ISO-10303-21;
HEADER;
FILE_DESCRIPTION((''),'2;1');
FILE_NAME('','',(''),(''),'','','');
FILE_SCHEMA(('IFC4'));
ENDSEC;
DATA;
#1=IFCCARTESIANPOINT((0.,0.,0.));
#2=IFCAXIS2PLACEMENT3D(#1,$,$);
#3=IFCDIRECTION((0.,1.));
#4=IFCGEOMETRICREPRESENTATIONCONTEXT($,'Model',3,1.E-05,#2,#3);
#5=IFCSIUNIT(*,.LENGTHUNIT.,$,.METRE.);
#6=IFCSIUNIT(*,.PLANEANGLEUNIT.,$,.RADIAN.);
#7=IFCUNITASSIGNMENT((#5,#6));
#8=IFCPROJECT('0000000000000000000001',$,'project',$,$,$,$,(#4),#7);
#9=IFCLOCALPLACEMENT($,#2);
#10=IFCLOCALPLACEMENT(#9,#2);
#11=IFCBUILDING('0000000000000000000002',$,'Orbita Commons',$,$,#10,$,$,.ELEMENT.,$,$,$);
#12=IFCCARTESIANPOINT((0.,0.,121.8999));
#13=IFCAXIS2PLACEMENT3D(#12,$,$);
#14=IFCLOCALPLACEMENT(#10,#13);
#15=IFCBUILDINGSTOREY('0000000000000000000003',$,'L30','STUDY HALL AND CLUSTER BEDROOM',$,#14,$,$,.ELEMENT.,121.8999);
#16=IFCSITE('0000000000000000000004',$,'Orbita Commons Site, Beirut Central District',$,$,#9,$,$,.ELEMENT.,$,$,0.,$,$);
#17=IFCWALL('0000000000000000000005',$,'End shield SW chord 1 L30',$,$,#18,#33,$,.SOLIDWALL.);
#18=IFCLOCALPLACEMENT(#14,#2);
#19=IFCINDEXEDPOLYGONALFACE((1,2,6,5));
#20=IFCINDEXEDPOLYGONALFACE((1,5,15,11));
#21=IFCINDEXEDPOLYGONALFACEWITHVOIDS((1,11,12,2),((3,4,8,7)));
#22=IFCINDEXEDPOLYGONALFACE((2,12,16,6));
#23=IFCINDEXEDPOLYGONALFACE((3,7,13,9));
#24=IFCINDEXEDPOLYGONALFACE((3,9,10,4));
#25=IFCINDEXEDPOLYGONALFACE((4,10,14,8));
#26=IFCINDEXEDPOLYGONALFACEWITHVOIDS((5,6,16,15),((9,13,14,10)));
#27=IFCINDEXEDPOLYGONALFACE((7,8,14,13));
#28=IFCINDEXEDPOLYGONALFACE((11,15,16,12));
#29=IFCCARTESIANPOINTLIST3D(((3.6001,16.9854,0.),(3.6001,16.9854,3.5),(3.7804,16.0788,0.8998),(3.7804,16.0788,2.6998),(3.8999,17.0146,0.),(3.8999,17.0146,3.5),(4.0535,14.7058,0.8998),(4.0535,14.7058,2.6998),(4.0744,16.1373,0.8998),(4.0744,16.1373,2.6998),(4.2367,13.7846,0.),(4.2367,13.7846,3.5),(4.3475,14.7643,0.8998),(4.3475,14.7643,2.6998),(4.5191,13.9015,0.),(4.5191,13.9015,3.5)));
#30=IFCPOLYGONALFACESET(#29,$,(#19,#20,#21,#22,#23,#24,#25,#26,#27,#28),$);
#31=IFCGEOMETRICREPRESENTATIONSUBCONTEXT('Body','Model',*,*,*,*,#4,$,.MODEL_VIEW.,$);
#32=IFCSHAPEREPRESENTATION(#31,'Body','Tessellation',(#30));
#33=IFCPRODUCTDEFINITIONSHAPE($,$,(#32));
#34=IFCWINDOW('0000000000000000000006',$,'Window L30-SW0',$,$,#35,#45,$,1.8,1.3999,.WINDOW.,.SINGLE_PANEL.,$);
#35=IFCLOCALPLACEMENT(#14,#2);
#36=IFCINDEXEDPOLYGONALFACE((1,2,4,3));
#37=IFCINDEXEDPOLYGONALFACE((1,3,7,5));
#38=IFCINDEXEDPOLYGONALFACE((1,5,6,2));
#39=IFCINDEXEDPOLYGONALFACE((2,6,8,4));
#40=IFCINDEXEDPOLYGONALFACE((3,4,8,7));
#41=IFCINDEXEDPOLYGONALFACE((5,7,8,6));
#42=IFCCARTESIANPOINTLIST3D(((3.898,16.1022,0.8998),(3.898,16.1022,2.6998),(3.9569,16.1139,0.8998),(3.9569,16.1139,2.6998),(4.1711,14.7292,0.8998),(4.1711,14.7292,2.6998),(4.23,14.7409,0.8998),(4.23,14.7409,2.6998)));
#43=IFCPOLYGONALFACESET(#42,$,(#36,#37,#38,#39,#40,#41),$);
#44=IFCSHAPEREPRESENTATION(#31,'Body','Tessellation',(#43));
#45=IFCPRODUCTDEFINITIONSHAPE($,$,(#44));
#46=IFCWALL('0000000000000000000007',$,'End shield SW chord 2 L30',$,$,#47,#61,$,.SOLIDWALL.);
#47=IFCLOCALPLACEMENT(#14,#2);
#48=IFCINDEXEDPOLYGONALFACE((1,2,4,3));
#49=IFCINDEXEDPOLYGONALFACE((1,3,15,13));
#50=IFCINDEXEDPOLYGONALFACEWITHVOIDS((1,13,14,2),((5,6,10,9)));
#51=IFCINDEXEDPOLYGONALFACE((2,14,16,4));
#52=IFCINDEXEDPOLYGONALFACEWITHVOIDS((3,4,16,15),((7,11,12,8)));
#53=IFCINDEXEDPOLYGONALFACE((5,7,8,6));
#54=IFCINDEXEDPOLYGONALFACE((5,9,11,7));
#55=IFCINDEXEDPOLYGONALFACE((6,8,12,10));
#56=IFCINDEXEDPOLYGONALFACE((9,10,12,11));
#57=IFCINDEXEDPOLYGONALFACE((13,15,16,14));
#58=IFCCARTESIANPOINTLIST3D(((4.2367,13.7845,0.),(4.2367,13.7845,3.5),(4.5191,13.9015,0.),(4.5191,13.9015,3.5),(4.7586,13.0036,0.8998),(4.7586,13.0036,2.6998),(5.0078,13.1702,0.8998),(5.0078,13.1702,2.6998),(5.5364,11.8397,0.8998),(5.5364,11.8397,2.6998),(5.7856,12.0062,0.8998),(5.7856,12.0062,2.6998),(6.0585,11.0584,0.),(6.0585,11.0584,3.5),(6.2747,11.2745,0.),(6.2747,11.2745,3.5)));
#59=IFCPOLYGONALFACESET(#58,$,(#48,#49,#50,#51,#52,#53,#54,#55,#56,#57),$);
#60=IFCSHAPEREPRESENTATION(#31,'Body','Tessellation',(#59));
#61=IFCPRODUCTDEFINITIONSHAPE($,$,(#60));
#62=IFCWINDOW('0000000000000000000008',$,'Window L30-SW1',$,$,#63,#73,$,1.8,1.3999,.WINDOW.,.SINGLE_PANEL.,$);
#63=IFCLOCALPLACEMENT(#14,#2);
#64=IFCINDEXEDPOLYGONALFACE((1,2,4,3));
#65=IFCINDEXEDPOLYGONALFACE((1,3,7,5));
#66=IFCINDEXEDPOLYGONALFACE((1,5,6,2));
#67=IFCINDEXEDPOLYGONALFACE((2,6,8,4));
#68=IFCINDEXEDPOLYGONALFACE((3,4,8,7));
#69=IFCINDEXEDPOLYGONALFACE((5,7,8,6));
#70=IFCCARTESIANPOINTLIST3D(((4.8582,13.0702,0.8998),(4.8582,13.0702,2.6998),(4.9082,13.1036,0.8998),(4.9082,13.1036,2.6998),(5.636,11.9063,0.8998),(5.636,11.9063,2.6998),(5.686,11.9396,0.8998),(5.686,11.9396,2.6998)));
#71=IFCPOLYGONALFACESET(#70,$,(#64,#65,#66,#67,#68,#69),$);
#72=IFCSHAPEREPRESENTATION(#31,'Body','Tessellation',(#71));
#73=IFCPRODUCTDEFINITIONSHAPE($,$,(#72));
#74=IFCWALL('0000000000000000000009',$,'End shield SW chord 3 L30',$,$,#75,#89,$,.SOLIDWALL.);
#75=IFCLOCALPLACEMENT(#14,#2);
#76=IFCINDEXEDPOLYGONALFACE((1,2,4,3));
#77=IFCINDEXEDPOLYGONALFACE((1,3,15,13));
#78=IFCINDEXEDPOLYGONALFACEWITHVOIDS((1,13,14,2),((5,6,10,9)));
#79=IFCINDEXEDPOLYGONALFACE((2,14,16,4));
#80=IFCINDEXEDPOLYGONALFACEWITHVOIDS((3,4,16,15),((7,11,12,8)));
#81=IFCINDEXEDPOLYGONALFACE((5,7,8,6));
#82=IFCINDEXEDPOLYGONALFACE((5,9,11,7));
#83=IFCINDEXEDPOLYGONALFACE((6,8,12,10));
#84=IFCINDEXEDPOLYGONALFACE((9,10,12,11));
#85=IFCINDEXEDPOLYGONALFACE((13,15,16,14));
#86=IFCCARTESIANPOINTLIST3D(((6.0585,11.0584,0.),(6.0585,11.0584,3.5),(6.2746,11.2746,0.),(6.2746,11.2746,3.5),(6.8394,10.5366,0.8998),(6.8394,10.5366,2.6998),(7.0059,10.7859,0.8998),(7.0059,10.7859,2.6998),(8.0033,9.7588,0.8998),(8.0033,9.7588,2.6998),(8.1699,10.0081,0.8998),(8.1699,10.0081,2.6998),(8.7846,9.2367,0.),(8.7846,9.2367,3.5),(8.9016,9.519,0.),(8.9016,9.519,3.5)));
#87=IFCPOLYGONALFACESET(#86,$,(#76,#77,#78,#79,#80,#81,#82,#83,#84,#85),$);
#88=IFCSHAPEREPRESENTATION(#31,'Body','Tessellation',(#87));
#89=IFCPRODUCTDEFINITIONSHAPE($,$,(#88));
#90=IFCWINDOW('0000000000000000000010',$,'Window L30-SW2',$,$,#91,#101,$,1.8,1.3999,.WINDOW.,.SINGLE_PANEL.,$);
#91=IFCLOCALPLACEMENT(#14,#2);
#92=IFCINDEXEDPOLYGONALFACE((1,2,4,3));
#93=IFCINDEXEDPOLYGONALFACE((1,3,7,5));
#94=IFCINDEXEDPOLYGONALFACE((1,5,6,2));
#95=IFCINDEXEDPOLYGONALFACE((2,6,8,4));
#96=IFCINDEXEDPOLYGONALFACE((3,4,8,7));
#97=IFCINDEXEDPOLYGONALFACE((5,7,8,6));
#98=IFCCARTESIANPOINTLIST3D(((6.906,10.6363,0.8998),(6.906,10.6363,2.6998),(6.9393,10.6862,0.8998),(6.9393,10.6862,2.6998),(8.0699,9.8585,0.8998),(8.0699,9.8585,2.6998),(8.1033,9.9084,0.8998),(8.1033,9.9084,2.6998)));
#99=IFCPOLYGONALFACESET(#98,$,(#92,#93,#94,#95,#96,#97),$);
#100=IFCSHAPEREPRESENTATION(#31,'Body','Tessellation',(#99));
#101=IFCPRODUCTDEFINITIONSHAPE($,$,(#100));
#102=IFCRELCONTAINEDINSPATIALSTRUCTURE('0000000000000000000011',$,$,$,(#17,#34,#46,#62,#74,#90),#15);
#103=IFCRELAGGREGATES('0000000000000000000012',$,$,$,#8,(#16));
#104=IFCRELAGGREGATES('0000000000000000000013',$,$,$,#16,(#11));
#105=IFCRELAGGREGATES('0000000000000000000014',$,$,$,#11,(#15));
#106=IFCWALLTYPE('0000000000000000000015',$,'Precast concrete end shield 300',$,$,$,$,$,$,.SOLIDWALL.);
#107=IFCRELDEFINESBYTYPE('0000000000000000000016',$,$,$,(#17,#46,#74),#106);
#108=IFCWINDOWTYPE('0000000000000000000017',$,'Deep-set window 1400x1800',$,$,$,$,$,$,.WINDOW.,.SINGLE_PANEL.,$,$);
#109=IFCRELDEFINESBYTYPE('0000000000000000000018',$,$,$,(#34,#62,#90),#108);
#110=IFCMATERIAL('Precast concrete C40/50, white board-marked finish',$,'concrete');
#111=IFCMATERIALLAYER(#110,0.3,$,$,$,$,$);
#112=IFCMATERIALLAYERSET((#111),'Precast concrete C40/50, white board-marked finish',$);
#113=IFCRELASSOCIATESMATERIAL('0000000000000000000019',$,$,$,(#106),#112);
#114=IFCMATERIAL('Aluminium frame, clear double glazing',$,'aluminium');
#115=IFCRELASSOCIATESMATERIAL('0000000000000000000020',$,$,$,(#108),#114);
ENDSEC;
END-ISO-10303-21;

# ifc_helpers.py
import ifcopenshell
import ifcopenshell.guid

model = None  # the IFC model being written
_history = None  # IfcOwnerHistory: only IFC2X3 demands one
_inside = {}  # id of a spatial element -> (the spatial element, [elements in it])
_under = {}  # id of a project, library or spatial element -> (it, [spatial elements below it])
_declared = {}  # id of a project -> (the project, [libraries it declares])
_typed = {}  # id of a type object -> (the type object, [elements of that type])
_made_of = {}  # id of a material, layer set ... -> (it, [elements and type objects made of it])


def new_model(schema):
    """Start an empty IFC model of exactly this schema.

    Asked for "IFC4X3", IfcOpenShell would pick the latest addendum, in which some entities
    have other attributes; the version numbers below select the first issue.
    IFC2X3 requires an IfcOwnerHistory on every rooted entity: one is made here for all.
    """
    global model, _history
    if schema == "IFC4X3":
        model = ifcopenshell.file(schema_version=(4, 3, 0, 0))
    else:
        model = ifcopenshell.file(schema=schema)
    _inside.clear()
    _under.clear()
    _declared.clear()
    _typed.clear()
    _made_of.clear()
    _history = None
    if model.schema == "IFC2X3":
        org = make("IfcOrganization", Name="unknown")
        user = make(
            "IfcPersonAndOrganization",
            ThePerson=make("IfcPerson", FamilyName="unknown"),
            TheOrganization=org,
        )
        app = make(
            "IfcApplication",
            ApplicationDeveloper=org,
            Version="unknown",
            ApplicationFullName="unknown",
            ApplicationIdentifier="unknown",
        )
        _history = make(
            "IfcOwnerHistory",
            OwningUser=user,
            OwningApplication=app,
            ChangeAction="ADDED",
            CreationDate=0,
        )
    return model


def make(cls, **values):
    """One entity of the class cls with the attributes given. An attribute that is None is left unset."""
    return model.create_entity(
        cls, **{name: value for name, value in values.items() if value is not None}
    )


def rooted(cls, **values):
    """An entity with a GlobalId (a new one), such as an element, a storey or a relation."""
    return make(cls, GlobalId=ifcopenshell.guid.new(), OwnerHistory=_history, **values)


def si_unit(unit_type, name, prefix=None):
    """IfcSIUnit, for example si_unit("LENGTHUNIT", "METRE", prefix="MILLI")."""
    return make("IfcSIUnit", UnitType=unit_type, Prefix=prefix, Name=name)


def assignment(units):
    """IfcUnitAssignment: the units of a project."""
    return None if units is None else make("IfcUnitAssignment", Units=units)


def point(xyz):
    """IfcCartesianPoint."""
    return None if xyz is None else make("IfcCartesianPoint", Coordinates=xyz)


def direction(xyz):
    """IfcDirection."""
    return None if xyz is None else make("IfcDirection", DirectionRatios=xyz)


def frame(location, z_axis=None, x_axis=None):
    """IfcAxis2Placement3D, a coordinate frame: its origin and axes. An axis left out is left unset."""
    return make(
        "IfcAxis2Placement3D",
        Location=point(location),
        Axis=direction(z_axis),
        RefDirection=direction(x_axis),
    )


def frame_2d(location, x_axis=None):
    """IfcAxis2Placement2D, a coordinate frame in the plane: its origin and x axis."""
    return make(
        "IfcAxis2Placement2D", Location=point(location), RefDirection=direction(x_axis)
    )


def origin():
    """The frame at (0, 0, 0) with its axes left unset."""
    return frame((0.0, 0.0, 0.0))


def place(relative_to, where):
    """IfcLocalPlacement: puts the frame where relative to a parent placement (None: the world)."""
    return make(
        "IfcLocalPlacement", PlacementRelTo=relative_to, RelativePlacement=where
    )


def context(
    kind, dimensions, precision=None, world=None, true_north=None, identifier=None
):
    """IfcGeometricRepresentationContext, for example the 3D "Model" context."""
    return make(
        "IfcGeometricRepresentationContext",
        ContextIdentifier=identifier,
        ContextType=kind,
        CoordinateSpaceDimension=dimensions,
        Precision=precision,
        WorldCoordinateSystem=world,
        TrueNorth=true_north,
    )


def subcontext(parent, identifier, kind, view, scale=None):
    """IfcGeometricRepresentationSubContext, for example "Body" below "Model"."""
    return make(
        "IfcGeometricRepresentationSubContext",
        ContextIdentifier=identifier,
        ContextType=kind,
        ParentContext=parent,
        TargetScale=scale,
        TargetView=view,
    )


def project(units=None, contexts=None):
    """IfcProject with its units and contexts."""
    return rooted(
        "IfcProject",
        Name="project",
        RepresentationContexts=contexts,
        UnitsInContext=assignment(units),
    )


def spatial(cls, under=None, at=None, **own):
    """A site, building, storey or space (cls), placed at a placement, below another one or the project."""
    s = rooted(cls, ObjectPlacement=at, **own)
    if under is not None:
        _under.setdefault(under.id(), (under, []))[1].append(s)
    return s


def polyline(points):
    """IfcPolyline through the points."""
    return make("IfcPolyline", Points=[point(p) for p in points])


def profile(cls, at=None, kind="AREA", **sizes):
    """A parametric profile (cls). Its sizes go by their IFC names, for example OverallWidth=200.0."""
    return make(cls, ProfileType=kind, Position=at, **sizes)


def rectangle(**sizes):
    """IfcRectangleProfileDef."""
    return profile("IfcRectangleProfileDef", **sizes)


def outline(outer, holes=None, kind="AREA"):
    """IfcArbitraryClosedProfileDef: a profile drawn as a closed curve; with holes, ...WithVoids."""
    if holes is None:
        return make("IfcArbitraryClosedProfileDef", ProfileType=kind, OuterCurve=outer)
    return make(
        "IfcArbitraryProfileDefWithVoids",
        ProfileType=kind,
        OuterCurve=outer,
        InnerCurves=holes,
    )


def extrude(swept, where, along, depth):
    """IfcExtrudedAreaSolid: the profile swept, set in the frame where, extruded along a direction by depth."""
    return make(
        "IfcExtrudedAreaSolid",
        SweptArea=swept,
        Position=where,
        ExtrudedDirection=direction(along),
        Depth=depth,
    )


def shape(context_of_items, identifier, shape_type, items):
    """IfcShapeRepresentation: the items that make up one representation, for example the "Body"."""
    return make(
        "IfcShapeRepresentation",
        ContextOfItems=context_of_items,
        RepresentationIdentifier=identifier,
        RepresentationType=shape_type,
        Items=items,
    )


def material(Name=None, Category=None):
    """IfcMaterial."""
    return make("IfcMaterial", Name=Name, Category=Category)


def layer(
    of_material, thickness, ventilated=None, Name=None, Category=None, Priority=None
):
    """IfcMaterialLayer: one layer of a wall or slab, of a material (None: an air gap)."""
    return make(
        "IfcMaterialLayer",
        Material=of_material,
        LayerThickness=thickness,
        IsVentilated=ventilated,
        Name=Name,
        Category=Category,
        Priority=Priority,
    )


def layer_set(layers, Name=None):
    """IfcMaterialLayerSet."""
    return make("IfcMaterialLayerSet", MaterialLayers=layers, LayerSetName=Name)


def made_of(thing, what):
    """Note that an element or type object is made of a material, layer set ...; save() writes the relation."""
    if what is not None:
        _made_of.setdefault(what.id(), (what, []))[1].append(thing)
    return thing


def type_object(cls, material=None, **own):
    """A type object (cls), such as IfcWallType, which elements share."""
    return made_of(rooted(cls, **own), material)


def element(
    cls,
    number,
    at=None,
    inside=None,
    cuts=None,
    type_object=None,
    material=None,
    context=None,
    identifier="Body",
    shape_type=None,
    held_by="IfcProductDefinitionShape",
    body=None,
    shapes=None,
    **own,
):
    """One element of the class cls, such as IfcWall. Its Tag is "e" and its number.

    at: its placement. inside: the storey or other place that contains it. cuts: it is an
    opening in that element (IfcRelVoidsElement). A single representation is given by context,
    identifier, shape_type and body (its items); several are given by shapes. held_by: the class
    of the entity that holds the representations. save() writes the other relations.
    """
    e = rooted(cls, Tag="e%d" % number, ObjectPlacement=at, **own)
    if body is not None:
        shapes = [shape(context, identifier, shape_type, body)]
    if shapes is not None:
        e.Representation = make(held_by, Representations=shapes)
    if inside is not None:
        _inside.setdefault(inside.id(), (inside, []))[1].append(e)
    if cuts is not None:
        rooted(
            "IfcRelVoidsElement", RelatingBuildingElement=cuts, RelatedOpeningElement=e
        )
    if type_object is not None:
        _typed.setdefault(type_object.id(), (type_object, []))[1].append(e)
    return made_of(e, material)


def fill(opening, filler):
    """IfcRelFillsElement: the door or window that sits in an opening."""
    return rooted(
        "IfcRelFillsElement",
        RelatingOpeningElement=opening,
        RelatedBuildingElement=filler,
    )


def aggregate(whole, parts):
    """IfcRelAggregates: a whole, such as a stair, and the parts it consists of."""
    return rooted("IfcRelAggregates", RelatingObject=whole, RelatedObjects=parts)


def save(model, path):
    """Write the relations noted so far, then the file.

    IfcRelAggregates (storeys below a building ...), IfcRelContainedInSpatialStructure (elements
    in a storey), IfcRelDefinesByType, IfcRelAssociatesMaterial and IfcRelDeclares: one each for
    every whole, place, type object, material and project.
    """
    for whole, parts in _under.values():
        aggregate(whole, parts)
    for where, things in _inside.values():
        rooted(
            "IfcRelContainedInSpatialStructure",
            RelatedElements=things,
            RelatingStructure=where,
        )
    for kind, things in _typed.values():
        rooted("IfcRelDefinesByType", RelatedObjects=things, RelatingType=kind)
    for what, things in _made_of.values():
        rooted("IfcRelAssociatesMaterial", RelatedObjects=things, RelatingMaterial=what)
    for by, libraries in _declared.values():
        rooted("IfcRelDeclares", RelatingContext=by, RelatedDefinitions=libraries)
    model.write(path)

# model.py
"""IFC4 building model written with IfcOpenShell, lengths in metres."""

from ifc_helpers import new_model, si_unit, direction, frame, frame_2d, origin, place, context, subcontext, project, spatial, polyline, rectangle, outline, extrude, material, layer, layer_set, type_object, element, fill, save


model = new_model("IFC4")

# Units and contexts
model_context = context("Model", 3, precision=1e-05, world=origin(), true_north=direction((0.0, 1.0)))
body_context = subcontext(model_context, "Body", "Model", "MODEL_VIEW")
ifc_project = project(units=[si_unit("LENGTHUNIT", "METRE"), si_unit("PLANEANGLEUNIT", "RADIAN")], contexts=[model_context])

# Site, building, storey
site_placement = place(None, origin())
site = spatial("IfcSite", under=ifc_project, at=site_placement, Name="Orbita Commons Site, Beirut Central District", CompositionType="ELEMENT", RefElevation=0.0)
building_placement = place(site_placement, origin())
building = spatial("IfcBuilding", under=site, at=building_placement, Name="Orbita Commons", CompositionType="ELEMENT")
storey_placement = place(building_placement, frame((0.0, 0.0, 121.8999)))
storey = spatial("IfcBuildingStorey", under=building, at=storey_placement, Name="L30", Description="STUDY HALL AND CLUSTER BEDROOM", CompositionType="ELEMENT", Elevation=121.8999)

# Walls, openings, windows
ifc_material_1 = material(Name="Precast concrete C40/50, white board-marked finish", Category="concrete")
ifc_layer_1 = layer(ifc_material_1, 0.3)
ifc_layer_set_1 = layer_set([ifc_layer_1], Name="Precast concrete C40/50, white board-marked finish")
wall_type_1 = type_object("IfcWallType", Name="Precast concrete end shield 300", PredefinedType="SOLIDWALL", material=ifc_layer_set_1)
wall_1_placement = place(storey_placement, frame((3.75, 17.0, 0.0), z_axis=(0.0, 0.0, 1.0), x_axis=(0.19508, -0.980787, 0.0)))
wall_1 = element("IfcWall", 1, at=wall_1_placement, inside=storey, type_object=wall_type_1, Name="End shield SW chord 1 L30", PredefinedType="SOLIDWALL", context=body_context, shape_type="SweptSolid", body=[
    extrude(outline(polyline([(-0.0149, -0.1499), (3.2485, -0.1499), (3.189, 0.1499), (0.0149, 0.1499), (-0.0149, -0.1499)])), origin(), (0.0, 0.0, 1.0), 3.5),
])
opening_1_placement = place(wall_1_placement, frame((0.9094, 0.0, 0.8999)))
opening_1 = element("IfcOpeningElement", 2, at=opening_1_placement, cuts=wall_1, PredefinedType="OPENING", context=body_context, shape_type="SweptSolid", body=[
    extrude(rectangle(XDim=1.3999, YDim=1.8, at=frame_2d((0.7, 0.8999))), frame((0.0, 0.1599, 0.0), z_axis=(0.0, -1.0, 0.0), x_axis=(1.0, 0.0, 0.0)), (0.0, 0.0, 1.0), 0.3201),
])
ifc_material_2 = material(Name="Aluminium frame, clear double glazing", Category="aluminium")
window_type = type_object("IfcWindowType", Name="Deep-set window 1400x1800", PartitioningType="SINGLE_PANEL", PredefinedType="WINDOW", material=ifc_material_2)
window_1_placement = place(opening_1_placement, origin())
window_1 = element("IfcWindow", 3, at=window_1_placement, inside=storey, type_object=window_type, Name="Window L30-SW0", OverallHeight=1.8, OverallWidth=1.3999, PartitioningType="SINGLE_PANEL", PredefinedType="WINDOW", context=body_context, shape_type="SweptSolid", body=[
    extrude(rectangle(XDim=1.3999, YDim=1.8, at=frame_2d((0.7, 0.8999))), frame((0.0, 0.03, 0.0), z_axis=(0.0, -1.0, 0.0), x_axis=(1.0, 0.0, 0.0)), (0.0, 0.0, 1.0), 0.0601),
])
fill(opening_1, window_1)
wall_2_placement = place(storey_placement, frame((4.3779, 13.843, 0.0), z_axis=(0.0, 0.0, 1.0), x_axis=(0.55561, -0.831443, 0.0)))
wall_2 = element("IfcWall", 4, at=wall_2_placement, inside=storey, type_object=wall_type_1, Name="End shield SW chord 2 L30", PredefinedType="SOLIDWALL", context=body_context, shape_type="SweptSolid", body=[
    extrude(outline(polyline([(-0.0298, -0.1499), (3.249, -0.1499), (3.1895, 0.1499), (0.0298, 0.1499), (-0.0298, -0.1499)])), origin(), (0.0, 0.0, 1.0), 3.5),
])
opening_2_placement = place(wall_2_placement, frame((0.9094, 0.0, 0.8999)))
opening_2 = element("IfcOpeningElement", 5, at=opening_2_placement, cuts=wall_2, PredefinedType="OPENING", context=body_context, shape_type="SweptSolid", body=[
    extrude(rectangle(XDim=1.3999, YDim=1.8, at=frame_2d((0.7, 0.8999))), frame((0.0, 0.1599, 0.0), z_axis=(0.0, -1.0, 0.0), x_axis=(1.0, 0.0, 0.0)), (0.0, 0.0, 1.0), 0.3201),
])
window_2_placement = place(opening_2_placement, origin())
window_2 = element("IfcWindow", 6, at=window_2_placement, inside=storey, type_object=window_type, Name="Window L30-SW1", OverallHeight=1.8, OverallWidth=1.3999, PartitioningType="SINGLE_PANEL", PredefinedType="WINDOW", context=body_context, shape_type="SweptSolid", body=[
    extrude(rectangle(XDim=1.3999, YDim=1.8, at=frame_2d((0.7, 0.8999))), frame((0.0, 0.03, 0.0), z_axis=(0.0, -1.0, 0.0), x_axis=(1.0, 0.0, 0.0)), (0.0, 0.0, 1.0), 0.0601),
])
fill(opening_2, window_2)
wall_3_placement = place(storey_placement, frame((6.1665, 11.1665, 0.0), z_axis=(0.0, 0.0, 1.0), x_axis=(0.831443, -0.55561, 0.0)))
wall_3 = element("IfcWall", 7, at=wall_3_placement, inside=storey, type_object=wall_type_1, Name="End shield SW chord 3 L30", PredefinedType="SOLIDWALL", context=body_context, shape_type="SweptSolid", body=[
    extrude(outline(polyline([(-0.0298, -0.1499), (3.249, -0.1499), (3.1895, 0.1499), (0.0298, 0.1499), (-0.0298, -0.1499)])), origin(), (0.0, 0.0, 1.0), 3.5),
])
opening_3_placement = place(wall_3_placement, frame((0.9094, 0.0, 0.8999)))
opening_3 = element("IfcOpeningElement", 8, at=opening_3_placement, cuts=wall_3, PredefinedType="OPENING", context=body_context, shape_type="SweptSolid", body=[
    extrude(rectangle(XDim=1.3999, YDim=1.8, at=frame_2d((0.7, 0.8999))), frame((0.0, 0.1599, 0.0), z_axis=(0.0, -1.0, 0.0), x_axis=(1.0, 0.0, 0.0)), (0.0, 0.0, 1.0), 0.3201),
])
window_3_placement = place(opening_3_placement, origin())
window_3 = element("IfcWindow", 9, at=window_3_placement, inside=storey, type_object=window_type, Name="Window L30-SW2", OverallHeight=1.8, OverallWidth=1.3999, PartitioningType="SINGLE_PANEL", PredefinedType="WINDOW", context=body_context, shape_type="SweptSolid", body=[
    extrude(rectangle(XDim=1.3999, YDim=1.8, at=frame_2d((0.7, 0.8999))), frame((0.0, 0.03, 0.0), z_axis=(0.0, -1.0, 0.0), x_axis=(1.0, 0.0, 0.0)), (0.0, 0.0, 1.0), 0.0601),
])
fill(opening_3, window_3)

save(model, "model.ifc")
